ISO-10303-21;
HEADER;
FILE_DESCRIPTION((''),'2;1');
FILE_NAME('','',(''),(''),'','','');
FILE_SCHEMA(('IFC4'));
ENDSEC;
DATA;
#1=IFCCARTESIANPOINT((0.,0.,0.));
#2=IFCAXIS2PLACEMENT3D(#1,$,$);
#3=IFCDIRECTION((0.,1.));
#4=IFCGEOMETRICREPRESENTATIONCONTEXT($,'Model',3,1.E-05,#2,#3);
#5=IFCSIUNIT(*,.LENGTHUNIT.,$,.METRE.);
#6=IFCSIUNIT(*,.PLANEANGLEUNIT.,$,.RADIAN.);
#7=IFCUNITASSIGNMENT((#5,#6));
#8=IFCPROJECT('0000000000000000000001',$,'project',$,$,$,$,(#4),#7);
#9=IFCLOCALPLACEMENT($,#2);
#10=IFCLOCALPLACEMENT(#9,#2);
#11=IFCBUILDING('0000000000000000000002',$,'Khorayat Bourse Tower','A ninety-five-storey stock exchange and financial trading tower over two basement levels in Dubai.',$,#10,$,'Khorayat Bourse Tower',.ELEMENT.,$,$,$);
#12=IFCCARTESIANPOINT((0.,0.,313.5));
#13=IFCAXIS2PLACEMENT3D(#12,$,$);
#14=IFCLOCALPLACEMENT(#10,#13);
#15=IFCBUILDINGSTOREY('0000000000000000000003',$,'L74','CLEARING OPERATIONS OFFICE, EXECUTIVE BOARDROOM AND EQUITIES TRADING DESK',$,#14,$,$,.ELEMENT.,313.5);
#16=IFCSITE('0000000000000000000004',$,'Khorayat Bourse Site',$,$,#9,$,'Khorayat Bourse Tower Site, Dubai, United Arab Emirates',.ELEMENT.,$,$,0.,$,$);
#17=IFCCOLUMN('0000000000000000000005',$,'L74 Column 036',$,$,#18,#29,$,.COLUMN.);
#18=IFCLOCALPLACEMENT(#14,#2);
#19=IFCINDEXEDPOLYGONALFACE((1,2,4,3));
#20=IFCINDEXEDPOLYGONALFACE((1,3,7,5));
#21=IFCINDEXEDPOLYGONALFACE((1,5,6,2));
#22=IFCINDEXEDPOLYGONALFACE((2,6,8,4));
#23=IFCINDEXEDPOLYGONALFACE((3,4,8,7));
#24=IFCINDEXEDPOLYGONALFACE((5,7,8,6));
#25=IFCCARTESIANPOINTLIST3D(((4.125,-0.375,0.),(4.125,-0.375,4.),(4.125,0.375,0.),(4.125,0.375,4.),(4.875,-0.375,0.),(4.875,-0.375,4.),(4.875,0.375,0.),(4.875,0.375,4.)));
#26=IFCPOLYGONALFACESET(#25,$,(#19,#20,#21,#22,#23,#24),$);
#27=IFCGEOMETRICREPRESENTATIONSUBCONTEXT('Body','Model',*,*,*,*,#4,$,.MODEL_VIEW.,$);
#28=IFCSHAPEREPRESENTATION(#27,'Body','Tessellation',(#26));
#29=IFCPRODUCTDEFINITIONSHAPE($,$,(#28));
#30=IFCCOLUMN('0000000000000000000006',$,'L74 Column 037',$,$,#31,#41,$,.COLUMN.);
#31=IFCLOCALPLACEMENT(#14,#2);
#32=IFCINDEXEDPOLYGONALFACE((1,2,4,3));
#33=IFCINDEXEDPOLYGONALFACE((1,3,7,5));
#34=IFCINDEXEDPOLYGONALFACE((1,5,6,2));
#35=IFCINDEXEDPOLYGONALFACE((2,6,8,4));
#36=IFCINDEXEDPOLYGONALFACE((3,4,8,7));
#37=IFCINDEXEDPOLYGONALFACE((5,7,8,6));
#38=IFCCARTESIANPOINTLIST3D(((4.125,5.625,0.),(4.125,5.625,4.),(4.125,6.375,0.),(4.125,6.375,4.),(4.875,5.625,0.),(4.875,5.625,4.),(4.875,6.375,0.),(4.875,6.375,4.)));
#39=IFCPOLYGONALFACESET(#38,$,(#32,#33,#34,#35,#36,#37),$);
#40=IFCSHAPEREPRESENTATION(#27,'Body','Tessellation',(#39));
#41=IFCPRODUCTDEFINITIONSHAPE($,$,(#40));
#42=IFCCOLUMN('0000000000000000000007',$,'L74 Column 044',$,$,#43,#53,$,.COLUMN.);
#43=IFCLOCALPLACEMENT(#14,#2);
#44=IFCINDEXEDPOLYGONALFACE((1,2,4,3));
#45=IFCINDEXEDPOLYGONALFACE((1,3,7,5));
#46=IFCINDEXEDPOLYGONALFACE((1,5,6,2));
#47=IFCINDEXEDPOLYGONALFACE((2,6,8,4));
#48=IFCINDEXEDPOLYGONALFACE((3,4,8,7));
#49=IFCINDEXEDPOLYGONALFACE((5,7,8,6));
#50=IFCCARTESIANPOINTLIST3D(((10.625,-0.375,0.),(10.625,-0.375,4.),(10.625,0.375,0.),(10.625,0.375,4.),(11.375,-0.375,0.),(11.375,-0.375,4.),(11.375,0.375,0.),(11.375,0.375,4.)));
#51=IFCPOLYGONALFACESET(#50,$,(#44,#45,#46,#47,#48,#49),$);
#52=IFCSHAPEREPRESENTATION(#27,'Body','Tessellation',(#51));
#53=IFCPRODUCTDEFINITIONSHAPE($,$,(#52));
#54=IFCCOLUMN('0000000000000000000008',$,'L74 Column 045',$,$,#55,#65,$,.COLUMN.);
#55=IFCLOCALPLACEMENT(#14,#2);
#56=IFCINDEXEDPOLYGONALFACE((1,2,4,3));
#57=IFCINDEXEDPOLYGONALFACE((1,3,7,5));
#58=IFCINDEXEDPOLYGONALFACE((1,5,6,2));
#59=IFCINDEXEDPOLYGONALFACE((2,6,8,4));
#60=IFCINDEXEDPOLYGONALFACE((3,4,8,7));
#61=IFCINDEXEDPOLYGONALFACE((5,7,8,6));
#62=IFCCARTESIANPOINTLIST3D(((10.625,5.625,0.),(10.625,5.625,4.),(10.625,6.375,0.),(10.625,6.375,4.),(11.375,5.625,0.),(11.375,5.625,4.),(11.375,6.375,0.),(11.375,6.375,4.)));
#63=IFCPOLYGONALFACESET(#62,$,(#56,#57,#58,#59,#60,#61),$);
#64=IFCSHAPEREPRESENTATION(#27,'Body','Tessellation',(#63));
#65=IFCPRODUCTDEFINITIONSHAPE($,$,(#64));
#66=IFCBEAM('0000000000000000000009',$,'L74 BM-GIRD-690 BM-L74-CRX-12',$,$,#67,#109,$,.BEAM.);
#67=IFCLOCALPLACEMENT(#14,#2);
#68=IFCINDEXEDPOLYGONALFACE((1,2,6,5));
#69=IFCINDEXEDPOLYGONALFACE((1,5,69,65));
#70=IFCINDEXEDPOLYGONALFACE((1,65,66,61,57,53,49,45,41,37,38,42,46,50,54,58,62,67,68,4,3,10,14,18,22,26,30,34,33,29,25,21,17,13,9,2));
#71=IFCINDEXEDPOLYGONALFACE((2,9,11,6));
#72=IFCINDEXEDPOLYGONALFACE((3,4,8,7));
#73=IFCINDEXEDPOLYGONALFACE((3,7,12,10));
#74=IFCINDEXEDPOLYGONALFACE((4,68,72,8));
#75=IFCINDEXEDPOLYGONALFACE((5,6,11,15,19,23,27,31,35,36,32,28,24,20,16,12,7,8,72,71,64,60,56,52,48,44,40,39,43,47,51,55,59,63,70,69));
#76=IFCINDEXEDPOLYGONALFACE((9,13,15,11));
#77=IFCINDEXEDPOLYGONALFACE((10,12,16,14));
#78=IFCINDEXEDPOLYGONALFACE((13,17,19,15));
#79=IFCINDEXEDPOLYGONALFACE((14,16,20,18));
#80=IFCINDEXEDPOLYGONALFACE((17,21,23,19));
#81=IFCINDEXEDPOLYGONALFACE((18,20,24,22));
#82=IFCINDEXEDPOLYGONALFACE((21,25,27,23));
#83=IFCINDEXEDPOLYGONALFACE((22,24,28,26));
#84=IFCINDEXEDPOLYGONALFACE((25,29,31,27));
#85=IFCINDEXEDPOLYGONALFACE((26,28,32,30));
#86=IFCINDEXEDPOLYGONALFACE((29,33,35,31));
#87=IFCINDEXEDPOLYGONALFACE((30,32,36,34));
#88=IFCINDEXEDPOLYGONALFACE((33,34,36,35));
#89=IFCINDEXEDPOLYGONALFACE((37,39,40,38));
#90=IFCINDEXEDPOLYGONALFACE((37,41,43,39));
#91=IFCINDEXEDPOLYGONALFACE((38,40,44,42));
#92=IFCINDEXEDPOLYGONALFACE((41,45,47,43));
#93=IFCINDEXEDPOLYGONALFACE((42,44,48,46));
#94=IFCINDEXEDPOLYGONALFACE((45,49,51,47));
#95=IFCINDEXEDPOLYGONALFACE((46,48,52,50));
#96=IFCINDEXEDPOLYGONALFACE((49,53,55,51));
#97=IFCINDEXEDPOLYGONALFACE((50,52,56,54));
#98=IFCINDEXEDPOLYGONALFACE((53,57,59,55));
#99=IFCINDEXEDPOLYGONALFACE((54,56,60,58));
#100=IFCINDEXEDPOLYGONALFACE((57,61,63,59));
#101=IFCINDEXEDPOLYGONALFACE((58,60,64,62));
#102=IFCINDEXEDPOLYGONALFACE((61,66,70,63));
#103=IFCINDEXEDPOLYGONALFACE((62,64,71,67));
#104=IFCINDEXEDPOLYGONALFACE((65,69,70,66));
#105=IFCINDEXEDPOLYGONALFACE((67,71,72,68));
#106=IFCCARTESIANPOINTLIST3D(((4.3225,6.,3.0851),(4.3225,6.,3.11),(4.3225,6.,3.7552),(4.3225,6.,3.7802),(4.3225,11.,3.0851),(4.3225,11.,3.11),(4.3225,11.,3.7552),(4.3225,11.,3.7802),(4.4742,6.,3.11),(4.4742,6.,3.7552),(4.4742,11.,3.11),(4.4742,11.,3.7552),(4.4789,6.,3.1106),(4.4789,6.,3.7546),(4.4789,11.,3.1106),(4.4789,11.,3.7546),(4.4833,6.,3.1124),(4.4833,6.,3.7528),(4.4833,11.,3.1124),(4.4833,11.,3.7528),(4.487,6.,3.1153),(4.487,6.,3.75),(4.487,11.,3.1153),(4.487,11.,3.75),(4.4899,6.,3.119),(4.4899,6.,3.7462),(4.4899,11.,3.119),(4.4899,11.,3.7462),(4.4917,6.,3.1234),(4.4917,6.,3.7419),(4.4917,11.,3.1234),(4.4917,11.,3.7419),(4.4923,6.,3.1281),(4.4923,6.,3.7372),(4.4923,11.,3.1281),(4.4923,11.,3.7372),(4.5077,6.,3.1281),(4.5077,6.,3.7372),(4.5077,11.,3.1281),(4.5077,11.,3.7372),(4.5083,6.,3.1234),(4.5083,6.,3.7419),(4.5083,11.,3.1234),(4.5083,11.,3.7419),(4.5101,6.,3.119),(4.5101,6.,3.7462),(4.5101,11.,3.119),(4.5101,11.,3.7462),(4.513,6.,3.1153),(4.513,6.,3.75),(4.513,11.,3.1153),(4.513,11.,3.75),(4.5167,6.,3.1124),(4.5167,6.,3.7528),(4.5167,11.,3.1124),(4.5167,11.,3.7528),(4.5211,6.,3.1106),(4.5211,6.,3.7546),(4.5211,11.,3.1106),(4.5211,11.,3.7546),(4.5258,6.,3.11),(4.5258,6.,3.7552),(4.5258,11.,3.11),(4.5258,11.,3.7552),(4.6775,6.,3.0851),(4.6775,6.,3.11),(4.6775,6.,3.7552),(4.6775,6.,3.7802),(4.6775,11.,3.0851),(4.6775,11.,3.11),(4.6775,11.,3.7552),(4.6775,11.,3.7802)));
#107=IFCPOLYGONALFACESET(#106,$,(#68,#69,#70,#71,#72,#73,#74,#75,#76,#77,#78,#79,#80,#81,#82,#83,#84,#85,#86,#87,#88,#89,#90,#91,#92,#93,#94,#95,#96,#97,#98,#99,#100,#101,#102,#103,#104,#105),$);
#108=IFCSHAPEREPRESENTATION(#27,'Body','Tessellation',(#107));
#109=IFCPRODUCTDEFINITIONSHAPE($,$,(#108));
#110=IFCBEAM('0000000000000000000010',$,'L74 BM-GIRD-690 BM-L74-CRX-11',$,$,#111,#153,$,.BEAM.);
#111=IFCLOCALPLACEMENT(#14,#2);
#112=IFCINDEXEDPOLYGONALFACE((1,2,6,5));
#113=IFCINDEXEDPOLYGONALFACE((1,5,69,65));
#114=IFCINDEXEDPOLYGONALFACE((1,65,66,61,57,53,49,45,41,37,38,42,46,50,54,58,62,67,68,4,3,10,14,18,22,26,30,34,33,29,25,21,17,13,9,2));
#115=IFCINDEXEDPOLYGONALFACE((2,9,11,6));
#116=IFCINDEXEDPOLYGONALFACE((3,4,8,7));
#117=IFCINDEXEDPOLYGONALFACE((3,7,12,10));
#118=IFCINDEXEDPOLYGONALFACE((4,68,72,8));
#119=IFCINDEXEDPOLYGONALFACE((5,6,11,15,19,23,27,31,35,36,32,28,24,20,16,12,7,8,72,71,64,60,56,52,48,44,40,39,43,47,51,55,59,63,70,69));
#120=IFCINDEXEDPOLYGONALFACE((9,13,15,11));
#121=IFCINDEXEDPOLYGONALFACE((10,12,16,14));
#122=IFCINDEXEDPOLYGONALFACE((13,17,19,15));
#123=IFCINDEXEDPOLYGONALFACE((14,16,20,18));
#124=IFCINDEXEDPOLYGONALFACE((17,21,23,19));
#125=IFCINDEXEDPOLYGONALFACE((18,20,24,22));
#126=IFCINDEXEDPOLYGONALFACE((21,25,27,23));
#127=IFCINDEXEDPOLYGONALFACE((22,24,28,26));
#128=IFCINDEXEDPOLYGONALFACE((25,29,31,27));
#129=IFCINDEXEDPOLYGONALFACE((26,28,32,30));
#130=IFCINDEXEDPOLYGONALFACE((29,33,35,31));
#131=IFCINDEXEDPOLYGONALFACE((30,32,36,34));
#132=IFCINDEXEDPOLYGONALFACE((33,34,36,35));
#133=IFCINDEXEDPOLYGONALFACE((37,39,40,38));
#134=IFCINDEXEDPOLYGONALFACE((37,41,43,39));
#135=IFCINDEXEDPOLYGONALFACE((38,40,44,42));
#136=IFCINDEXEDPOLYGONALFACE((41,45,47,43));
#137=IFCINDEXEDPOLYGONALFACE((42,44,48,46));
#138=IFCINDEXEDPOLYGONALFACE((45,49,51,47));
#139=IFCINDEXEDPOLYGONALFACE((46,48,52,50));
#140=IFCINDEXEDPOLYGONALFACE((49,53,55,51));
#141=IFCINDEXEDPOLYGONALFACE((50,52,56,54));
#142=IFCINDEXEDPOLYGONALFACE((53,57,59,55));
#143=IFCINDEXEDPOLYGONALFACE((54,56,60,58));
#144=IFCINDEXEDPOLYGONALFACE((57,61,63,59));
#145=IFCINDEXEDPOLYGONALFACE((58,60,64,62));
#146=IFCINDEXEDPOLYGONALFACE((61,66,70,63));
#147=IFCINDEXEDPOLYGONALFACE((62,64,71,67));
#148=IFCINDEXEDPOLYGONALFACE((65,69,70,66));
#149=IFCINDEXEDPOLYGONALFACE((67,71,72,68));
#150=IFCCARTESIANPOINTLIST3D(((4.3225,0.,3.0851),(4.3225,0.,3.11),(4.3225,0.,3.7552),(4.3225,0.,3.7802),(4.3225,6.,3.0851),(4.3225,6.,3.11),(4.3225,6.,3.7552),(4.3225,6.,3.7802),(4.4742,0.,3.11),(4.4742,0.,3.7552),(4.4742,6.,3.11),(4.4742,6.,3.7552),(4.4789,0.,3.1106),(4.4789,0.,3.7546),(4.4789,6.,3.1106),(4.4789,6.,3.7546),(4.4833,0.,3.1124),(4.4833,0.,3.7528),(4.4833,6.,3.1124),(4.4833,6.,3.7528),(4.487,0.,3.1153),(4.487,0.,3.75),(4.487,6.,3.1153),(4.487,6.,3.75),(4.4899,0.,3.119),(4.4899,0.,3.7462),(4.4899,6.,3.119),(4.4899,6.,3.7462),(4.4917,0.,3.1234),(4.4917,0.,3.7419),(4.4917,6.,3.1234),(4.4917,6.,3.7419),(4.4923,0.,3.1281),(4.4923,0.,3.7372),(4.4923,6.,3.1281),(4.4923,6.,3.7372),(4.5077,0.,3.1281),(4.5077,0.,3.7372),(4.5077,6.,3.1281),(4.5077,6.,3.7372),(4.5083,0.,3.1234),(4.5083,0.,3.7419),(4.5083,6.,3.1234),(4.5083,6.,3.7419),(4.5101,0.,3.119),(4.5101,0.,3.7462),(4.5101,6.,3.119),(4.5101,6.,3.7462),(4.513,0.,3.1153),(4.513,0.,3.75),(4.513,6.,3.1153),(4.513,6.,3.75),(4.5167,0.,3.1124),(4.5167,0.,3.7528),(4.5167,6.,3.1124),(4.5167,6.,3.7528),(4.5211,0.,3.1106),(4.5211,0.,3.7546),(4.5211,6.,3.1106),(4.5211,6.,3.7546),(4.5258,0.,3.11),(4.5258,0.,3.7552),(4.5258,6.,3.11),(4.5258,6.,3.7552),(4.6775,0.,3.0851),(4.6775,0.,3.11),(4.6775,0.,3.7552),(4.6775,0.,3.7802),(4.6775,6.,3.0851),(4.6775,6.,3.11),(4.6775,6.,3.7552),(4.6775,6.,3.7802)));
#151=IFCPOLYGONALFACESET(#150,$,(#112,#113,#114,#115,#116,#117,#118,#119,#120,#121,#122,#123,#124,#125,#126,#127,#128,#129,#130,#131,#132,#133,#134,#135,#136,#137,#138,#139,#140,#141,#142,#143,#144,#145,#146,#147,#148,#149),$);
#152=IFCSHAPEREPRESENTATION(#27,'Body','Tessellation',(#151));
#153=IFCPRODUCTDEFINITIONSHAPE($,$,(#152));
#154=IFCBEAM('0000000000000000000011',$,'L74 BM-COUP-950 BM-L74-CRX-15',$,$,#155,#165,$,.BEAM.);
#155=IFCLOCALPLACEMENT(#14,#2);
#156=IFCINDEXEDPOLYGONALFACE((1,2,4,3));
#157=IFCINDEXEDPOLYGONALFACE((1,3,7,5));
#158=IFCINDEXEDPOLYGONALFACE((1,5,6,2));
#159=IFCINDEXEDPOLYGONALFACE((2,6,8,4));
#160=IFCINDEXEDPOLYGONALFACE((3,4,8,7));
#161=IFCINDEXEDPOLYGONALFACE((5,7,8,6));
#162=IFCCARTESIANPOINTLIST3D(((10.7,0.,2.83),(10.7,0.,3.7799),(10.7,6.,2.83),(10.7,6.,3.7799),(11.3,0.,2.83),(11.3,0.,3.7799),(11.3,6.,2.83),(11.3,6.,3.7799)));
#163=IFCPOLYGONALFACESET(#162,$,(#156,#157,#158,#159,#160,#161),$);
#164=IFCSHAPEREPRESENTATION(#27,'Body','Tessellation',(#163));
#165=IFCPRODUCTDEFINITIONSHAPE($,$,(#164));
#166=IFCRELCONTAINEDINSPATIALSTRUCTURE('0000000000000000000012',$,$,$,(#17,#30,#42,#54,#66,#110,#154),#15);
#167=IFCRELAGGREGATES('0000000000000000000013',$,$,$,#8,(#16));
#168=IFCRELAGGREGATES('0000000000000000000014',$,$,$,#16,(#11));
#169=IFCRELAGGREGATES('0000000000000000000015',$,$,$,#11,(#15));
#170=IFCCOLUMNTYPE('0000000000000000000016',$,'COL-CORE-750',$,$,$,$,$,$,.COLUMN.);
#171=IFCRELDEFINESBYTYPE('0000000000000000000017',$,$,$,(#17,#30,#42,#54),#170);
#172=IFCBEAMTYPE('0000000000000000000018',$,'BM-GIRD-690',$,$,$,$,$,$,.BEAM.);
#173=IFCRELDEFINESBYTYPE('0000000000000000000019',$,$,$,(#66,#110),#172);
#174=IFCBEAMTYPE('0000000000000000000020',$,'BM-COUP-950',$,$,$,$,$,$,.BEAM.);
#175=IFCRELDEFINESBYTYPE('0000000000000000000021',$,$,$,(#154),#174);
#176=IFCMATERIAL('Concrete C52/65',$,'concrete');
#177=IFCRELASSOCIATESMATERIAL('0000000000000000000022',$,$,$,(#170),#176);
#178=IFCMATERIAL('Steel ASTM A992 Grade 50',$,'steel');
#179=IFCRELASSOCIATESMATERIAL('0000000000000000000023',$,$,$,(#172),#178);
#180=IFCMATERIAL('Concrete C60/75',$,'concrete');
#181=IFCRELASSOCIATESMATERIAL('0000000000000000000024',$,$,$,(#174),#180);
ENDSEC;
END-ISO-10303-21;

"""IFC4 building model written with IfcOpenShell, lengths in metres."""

from ifc_helpers import new_model, si_unit, direction, frame, origin, origin_2d, place, context, subcontext, project, spatial, rectangle, i_section, extrude, source, transform, mapped, material, material_profile, profile_set, type_object, element, save


model = new_model("IFC4")

# Units and contexts
model_context = context("Model", 3, precision=1e-05, world=origin(), true_north=direction((0.0, 1.0)))
body_context = subcontext(model_context, "Body", "Model", "MODEL_VIEW")
ifc_project = project(units=[si_unit("LENGTHUNIT", "METRE"), si_unit("PLANEANGLEUNIT", "RADIAN")], contexts=[model_context])

# Site, building, storey
site_placement = place(None, origin())
site = spatial("IfcSite", under=ifc_project, at=site_placement, Name="Khorayat Bourse Site", LongName="Khorayat Bourse Tower Site, Dubai, United Arab Emirates", CompositionType="ELEMENT", RefElevation=0.0)
building_placement = place(site_placement, origin())
building = spatial("IfcBuilding", under=site, at=building_placement, Name="Khorayat Bourse Tower", Description="A ninety-five-storey stock exchange and financial trading tower over two basement levels in Dubai.", LongName="Khorayat Bourse Tower", CompositionType="ELEMENT")
storey_placement = place(building_placement, frame((0.0, 0.0, 313.5)))
storey = spatial("IfcBuildingStorey", under=building, at=storey_placement, Name="L74", Description="CLEARING OPERATIONS OFFICE, EXECUTIVE BOARDROOM AND EQUITIES TRADING DESK", CompositionType="ELEMENT", Elevation=313.5)

# Columns
ifc_material_1 = material(Name="Concrete C52/65", Category="concrete")
ifc_material_profile_1 = material_profile(ifc_material_1, rectangle(XDim=0.75, YDim=0.75, at=origin_2d()), Name="RC 750x750")
ifc_profile_set_1 = profile_set([ifc_material_profile_1], Name="Concrete C52/65")
column_type = type_object("IfcColumnType", Name="COL-CORE-750", PredefinedType="COLUMN", material=ifc_profile_set_1)
shared_shape_1 = source(origin(), body_context, "Body", "SweptSolid", [
    extrude(rectangle(XDim=0.75, YDim=0.75, at=origin_2d()), origin(), (0.0, 0.0, 1.0), 4.0),
])
for number, where, z_axis, x_axis, name in (
    (1, (4.5, 0.0, 0.0), (0.0, 0.0, 1.0), (1.0, 0.0, 0.0), "L74 Column 036"),
    (2, (4.5, 6.0, 0.0), (0.0, 0.0, 1.0), (1.0, 0.0, 0.0), "L74 Column 037"),
    (3, (11.0, 0.0, 0.0), (0.0, 0.0, 1.0), (1.0, 0.0, 0.0), "L74 Column 044"),
    (4, (11.0, 6.0, 0.0), (0.0, 0.0, 1.0), (1.0, 0.0, 0.0), "L74 Column 045"),
):
    element("IfcColumn", number, at=place(storey_placement, frame(where, z_axis=z_axis, x_axis=x_axis)), inside=storey, type_object=column_type, Name=name, PredefinedType="COLUMN", context=body_context, shape_type="MappedRepresentation", body=[
        mapped(shared_shape_1, transform((0.0, 0.0, 0.0), scale=1.0)),
    ])

# Beams
ifc_material_2 = material(Name="Steel ASTM A992 Grade 50", Category="steel")
ifc_material_profile_2 = material_profile(ifc_material_2, i_section(OverallWidth=0.355, OverallDepth=0.6951, WebThickness=0.0154, FlangeThickness=0.0249, FilletRadius=0.0181, at=origin_2d()), Name="W690X217")
ifc_profile_set_2 = profile_set([ifc_material_profile_2], Name="Steel ASTM A992 Grade 50")
beam_type_1 = type_object("IfcBeamType", Name="BM-GIRD-690", PredefinedType="BEAM", material=ifc_profile_set_2)
shared_shape_2 = source(origin(), body_context, "Body", "SweptSolid", [
    extrude(i_section(OverallWidth=0.355, OverallDepth=0.6951, WebThickness=0.0154, FlangeThickness=0.0249, FilletRadius=0.0181, at=origin_2d()), origin(), (0.0, 0.0, 1.0), 5.0),
])
beam_1_placement = place(storey_placement, frame((4.5, 6.0, 3.4326), z_axis=(0.0, 1.0, 0.0), x_axis=(-1.0, 0.0, 0.0)))
element("IfcBeam", 5, at=beam_1_placement, inside=storey, type_object=beam_type_1, Name="L74 BM-GIRD-690 BM-L74-CRX-12", PredefinedType="BEAM", context=body_context, shape_type="MappedRepresentation", body=[
    mapped(shared_shape_2, transform((0.0, 0.0, 0.0), scale=1.0)),
])
shared_shape_3 = source(origin(), body_context, "Body", "SweptSolid", [
    extrude(i_section(OverallWidth=0.355, OverallDepth=0.6951, WebThickness=0.0154, FlangeThickness=0.0249, FilletRadius=0.0181, at=origin_2d()), origin(), (0.0, 0.0, 1.0), 6.0),
])
beam_2_placement = place(storey_placement, frame((4.5, 0.0, 3.4326), z_axis=(0.0, 1.0, 0.0), x_axis=(-1.0, 0.0, 0.0)))
element("IfcBeam", 6, at=beam_2_placement, inside=storey, type_object=beam_type_1, Name="L74 BM-GIRD-690 BM-L74-CRX-11", PredefinedType="BEAM", context=body_context, shape_type="MappedRepresentation", body=[
    mapped(shared_shape_3, transform((0.0, 0.0, 0.0), scale=1.0)),
])
ifc_material_3 = material(Name="Concrete C60/75", Category="concrete")
ifc_material_profile_3 = material_profile(ifc_material_3, rectangle(XDim=0.6001, YDim=0.95, at=origin_2d()), Name="RC 600x950")
ifc_profile_set_3 = profile_set([ifc_material_profile_3], Name="Concrete C60/75")
beam_type_2 = type_object("IfcBeamType", Name="BM-COUP-950", PredefinedType="BEAM", material=ifc_profile_set_3)
shared_shape_4 = source(origin(), body_context, "Body", "SweptSolid", [
    extrude(rectangle(XDim=0.6001, YDim=0.95, at=origin_2d()), origin(), (0.0, 0.0, 1.0), 6.0),
])
beam_3_placement = place(storey_placement, frame((11.0, 0.0, 3.3049), z_axis=(0.0, 1.0, 0.0), x_axis=(-1.0, 0.0, 0.0)))
element("IfcBeam", 7, at=beam_3_placement, inside=storey, type_object=beam_type_2, Name="L74 BM-COUP-950 BM-L74-CRX-15", PredefinedType="BEAM", context=body_context, shape_type="MappedRepresentation", body=[
    mapped(shared_shape_4, transform((0.0, 0.0, 0.0), scale=1.0)),
])

save(model, "model.ifc")
